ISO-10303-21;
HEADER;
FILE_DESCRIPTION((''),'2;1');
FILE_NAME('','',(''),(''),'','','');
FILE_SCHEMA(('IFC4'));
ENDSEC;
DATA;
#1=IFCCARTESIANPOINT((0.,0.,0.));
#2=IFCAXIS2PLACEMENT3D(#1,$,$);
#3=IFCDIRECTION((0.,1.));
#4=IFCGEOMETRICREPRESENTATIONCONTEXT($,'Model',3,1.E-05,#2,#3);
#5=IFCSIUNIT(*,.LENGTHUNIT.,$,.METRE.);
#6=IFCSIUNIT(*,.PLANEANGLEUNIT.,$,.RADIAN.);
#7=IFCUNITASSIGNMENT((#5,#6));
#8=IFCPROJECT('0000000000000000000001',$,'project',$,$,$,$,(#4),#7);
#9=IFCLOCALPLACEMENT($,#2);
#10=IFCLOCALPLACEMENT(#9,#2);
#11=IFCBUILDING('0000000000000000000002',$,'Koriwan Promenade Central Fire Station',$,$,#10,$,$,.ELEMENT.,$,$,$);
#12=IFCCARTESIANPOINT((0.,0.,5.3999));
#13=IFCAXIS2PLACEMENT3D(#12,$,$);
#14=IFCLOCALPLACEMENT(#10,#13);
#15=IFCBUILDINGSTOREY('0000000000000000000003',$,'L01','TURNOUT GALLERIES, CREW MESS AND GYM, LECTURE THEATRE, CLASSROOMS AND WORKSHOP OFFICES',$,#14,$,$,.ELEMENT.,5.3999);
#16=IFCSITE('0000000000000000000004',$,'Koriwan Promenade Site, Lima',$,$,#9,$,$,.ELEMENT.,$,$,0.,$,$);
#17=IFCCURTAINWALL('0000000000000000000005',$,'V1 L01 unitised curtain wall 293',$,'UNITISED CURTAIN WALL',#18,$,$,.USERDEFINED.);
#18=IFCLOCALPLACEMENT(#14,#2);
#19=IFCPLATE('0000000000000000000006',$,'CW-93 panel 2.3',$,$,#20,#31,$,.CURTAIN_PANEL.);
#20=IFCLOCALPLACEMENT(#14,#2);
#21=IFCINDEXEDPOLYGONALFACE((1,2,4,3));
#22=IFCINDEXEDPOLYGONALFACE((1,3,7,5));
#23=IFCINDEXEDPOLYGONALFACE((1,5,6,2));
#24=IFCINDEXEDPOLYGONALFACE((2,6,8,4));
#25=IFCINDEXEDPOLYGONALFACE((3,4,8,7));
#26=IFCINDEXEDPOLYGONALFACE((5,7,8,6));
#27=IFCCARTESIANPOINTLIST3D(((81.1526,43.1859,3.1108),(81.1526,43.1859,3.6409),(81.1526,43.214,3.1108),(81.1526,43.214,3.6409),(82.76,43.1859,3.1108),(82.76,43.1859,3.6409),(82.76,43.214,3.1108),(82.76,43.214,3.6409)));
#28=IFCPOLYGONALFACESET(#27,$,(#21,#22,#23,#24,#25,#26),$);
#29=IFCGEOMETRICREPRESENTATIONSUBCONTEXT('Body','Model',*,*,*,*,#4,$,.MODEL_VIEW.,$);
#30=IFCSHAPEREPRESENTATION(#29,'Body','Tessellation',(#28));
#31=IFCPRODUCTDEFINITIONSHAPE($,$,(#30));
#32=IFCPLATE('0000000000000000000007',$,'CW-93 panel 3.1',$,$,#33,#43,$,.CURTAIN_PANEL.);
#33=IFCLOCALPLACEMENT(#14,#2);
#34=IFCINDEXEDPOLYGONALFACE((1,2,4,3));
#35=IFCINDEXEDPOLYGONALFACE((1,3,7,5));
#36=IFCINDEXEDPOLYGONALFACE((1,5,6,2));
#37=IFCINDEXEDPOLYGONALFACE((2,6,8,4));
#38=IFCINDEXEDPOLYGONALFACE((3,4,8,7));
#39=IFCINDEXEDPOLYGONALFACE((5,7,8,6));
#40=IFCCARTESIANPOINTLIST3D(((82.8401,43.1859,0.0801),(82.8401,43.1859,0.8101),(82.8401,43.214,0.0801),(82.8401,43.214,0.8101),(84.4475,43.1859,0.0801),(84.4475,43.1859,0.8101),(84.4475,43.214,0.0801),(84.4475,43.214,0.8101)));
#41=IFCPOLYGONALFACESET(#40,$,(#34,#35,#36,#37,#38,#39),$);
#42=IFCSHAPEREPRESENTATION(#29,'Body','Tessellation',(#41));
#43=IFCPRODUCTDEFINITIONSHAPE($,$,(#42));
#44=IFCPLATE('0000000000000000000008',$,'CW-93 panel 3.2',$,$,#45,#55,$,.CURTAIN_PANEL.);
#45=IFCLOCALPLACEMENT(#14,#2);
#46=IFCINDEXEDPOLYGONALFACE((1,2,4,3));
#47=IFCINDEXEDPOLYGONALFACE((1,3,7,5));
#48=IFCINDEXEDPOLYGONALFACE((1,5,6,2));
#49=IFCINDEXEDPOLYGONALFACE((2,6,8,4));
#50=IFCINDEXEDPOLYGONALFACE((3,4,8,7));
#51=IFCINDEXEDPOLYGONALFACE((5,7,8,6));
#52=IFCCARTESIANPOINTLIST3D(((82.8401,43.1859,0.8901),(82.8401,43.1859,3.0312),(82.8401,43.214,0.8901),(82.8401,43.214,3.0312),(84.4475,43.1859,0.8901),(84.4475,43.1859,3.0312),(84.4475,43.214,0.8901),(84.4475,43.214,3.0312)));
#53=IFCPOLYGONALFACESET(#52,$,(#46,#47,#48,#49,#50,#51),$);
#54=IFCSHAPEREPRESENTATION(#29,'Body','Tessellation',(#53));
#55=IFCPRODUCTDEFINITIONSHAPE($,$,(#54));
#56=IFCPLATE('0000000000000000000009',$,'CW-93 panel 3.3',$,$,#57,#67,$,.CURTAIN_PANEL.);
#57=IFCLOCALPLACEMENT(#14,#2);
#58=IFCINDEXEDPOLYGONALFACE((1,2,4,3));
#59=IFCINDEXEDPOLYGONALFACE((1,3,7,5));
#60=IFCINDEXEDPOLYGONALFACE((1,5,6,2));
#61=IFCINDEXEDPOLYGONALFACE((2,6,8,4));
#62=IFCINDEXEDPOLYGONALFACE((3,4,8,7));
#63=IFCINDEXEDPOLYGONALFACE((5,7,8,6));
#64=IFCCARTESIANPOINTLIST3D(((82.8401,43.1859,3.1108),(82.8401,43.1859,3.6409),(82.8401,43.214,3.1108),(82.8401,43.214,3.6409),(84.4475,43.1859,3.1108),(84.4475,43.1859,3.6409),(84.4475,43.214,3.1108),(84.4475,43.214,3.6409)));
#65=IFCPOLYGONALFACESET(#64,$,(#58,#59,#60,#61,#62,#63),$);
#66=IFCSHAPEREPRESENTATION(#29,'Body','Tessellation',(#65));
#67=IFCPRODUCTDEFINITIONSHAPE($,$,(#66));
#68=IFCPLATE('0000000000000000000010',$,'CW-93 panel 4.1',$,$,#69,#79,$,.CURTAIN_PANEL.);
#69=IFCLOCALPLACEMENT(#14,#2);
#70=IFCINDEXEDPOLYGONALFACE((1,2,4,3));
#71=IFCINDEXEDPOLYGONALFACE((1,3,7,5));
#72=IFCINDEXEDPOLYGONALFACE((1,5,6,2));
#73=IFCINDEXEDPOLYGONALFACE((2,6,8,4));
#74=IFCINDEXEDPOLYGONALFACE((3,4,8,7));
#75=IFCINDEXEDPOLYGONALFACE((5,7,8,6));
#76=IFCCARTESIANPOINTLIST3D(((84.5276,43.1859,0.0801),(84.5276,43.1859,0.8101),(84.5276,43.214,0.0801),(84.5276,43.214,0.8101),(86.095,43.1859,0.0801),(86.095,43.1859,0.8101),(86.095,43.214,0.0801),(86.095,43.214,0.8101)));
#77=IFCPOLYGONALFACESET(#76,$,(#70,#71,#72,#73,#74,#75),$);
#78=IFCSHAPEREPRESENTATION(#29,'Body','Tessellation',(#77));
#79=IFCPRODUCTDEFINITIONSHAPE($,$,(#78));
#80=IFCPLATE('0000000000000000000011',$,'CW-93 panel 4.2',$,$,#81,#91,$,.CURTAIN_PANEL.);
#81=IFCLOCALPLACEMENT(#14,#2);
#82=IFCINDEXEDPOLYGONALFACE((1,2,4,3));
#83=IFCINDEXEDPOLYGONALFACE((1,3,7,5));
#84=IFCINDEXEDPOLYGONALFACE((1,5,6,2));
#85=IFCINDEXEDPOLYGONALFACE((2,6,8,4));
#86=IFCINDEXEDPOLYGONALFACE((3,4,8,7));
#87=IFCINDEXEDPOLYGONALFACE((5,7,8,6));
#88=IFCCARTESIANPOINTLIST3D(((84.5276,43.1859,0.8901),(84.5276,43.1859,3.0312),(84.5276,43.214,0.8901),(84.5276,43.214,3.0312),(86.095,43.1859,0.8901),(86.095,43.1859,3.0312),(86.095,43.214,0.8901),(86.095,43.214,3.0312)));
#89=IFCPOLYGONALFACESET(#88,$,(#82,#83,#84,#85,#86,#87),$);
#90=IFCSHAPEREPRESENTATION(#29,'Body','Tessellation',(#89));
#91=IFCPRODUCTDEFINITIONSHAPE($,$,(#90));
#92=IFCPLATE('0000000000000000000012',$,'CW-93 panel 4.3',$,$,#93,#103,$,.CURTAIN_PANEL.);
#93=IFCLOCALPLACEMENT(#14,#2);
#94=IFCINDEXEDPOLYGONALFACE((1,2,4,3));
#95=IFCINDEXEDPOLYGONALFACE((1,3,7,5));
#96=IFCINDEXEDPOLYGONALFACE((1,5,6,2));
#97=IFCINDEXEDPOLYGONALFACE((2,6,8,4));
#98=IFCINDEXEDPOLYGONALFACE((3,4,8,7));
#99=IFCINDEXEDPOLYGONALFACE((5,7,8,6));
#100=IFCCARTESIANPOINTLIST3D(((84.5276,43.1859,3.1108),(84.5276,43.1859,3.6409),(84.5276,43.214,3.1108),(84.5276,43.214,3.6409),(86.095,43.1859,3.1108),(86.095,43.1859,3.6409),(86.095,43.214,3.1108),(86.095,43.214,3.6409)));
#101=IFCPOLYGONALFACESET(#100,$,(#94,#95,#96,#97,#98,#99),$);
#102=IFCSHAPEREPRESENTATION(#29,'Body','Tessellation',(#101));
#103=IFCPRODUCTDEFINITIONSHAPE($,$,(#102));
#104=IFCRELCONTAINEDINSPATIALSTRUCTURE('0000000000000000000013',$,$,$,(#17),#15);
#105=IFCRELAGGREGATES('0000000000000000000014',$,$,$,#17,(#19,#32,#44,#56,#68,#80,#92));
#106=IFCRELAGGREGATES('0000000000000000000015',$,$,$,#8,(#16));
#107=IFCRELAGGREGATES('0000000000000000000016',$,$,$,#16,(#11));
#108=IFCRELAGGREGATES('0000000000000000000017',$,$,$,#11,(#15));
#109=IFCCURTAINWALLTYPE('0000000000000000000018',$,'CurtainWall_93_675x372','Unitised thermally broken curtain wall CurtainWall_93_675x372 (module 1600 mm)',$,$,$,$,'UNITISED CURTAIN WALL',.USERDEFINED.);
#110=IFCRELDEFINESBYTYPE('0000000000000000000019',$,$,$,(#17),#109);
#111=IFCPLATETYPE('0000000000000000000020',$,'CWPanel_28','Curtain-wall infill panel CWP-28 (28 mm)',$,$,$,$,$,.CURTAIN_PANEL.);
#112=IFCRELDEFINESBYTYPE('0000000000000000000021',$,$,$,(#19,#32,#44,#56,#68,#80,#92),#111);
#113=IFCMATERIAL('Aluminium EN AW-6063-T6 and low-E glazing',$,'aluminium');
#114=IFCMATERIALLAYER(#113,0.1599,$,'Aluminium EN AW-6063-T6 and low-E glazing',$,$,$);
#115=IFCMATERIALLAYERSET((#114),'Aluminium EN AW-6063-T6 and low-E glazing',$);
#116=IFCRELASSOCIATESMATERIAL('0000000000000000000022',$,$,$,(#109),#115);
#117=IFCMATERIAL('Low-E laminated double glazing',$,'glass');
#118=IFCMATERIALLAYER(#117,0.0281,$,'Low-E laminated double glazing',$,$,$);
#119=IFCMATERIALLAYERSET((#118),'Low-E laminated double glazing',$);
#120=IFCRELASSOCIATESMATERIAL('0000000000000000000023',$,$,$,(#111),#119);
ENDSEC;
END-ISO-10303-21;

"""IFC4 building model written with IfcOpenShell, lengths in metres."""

from ifc_helpers import new_model, si_unit, direction, frame, origin, origin_2d, place, context, subcontext, project, spatial, rectangle, extrude, material, layer, layer_set, type_object, element, aggregate, save


model = new_model("IFC4")

# Units and contexts
model_context = context("Model", 3, precision=1e-05, world=origin(), true_north=direction((0.0, 1.0)))
body_context = subcontext(model_context, "Body", "Model", "MODEL_VIEW")
ifc_project = project(units=[si_unit("LENGTHUNIT", "METRE"), si_unit("PLANEANGLEUNIT", "RADIAN")], contexts=[model_context])

# Site, building, storey
site_placement = place(None, origin())
site = spatial("IfcSite", under=ifc_project, at=site_placement, Name="Koriwan Promenade Site, Lima", CompositionType="ELEMENT", RefElevation=0.0)
building_placement = place(site_placement, origin())
building = spatial("IfcBuilding", under=site, at=building_placement, Name="Koriwan Promenade Central Fire Station", CompositionType="ELEMENT")
storey_placement = place(building_placement, frame((0.0, 0.0, 5.3999)))
storey = spatial("IfcBuildingStorey", under=building, at=storey_placement, Name="L01", Description="TURNOUT GALLERIES, CREW MESS AND GYM, LECTURE THEATRE, CLASSROOMS AND WORKSHOP OFFICES", CompositionType="ELEMENT", Elevation=5.3999)

# Curtain wall
ifc_material_1 = material(Name="Aluminium EN AW-6063-T6 and low-E glazing", Category="aluminium")
ifc_layer_1 = layer(ifc_material_1, 0.1599, Name="Aluminium EN AW-6063-T6 and low-E glazing")
ifc_layer_set_1 = layer_set([ifc_layer_1], Name="Aluminium EN AW-6063-T6 and low-E glazing")
curtain_wall_type = type_object("IfcCurtainWallType", Name="CurtainWall_93_675x372", Description="Unitised thermally broken curtain wall CurtainWall_93_675x372 (module 1600 mm)", ElementType="UNITISED CURTAIN WALL", PredefinedType="USERDEFINED", material=ifc_layer_set_1)
curtain_wall_placement = place(storey_placement, origin())
curtain_wall = element("IfcCurtainWall", 1, at=curtain_wall_placement, inside=storey, type_object=curtain_wall_type, Name="V1 L01 unitised curtain wall 293", ObjectType="UNITISED CURTAIN WALL", PredefinedType="USERDEFINED")

# Plates
ifc_material_2 = material(Name="Low-E laminated double glazing", Category="glass")
ifc_layer_2 = layer(ifc_material_2, 0.0281, Name="Low-E laminated double glazing")
ifc_layer_set_2 = layer_set([ifc_layer_2], Name="Low-E laminated double glazing")
plate_type = type_object("IfcPlateType", Name="CWPanel_28", Description="Curtain-wall infill panel CWP-28 (28 mm)", PredefinedType="CURTAIN_PANEL", material=ifc_layer_set_2)
plate_1_placement = place(storey_placement, frame((81.9563, 43.2, 3.1108), z_axis=(0.0, 0.0, 1.0), x_axis=(1.0, 0.0, 0.0)))
plate_1 = element("IfcPlate", 2, at=plate_1_placement, type_object=plate_type, Name="CW-93 panel 2.3", PredefinedType="CURTAIN_PANEL", context=body_context, shape_type="SweptSolid", body=[
    extrude(rectangle(XDim=1.6074, YDim=0.0281, at=origin_2d()), origin(), (0.0, 0.0, 1.0), 0.53),
])
plate_2_placement = place(storey_placement, frame((83.6438, 43.2, 0.0801), z_axis=(0.0, 0.0, 1.0), x_axis=(1.0, 0.0, 0.0)))
plate_2 = element("IfcPlate", 3, at=plate_2_placement, type_object=plate_type, Name="CW-93 panel 3.1", PredefinedType="CURTAIN_PANEL", context=body_context, shape_type="SweptSolid", body=[
    extrude(rectangle(XDim=1.6074, YDim=0.0281, at=origin_2d()), origin(), (0.0, 0.0, 1.0), 0.73),
])
plate_3_placement = place(storey_placement, frame((83.6438, 43.2, 0.8901), z_axis=(0.0, 0.0, 1.0), x_axis=(1.0, 0.0, 0.0)))
plate_3 = element("IfcPlate", 4, at=plate_3_placement, type_object=plate_type, Name="CW-93 panel 3.2", PredefinedType="CURTAIN_PANEL", context=body_context, shape_type="SweptSolid", body=[
    extrude(rectangle(XDim=1.6074, YDim=0.0281, at=origin_2d()), origin(), (0.0, 0.0, 1.0), 2.1411),
])
plate_4_placement = place(storey_placement, frame((83.6438, 43.2, 3.1108), z_axis=(0.0, 0.0, 1.0), x_axis=(1.0, 0.0, 0.0)))
plate_4 = element("IfcPlate", 5, at=plate_4_placement, type_object=plate_type, Name="CW-93 panel 3.3", PredefinedType="CURTAIN_PANEL", context=body_context, shape_type="SweptSolid", body=[
    extrude(rectangle(XDim=1.6074, YDim=0.0281, at=origin_2d()), origin(), (0.0, 0.0, 1.0), 0.53),
])
plate_5_placement = place(storey_placement, frame((85.3113, 43.2, 0.0801), z_axis=(0.0, 0.0, 1.0), x_axis=(1.0, 0.0, 0.0)))
plate_5 = element("IfcPlate", 6, at=plate_5_placement, type_object=plate_type, Name="CW-93 panel 4.1", PredefinedType="CURTAIN_PANEL", context=body_context, shape_type="SweptSolid", body=[
    extrude(rectangle(XDim=1.5674, YDim=0.0281, at=origin_2d()), origin(), (0.0, 0.0, 1.0), 0.73),
])
plate_6_placement = place(storey_placement, frame((85.3113, 43.2, 0.8901), z_axis=(0.0, 0.0, 1.0), x_axis=(1.0, 0.0, 0.0)))
plate_6 = element("IfcPlate", 7, at=plate_6_placement, type_object=plate_type, Name="CW-93 panel 4.2", PredefinedType="CURTAIN_PANEL", context=body_context, shape_type="SweptSolid", body=[
    extrude(rectangle(XDim=1.5674, YDim=0.0281, at=origin_2d()), origin(), (0.0, 0.0, 1.0), 2.1411),
])
plate_7_placement = place(storey_placement, frame((85.3113, 43.2, 3.1108), z_axis=(0.0, 0.0, 1.0), x_axis=(1.0, 0.0, 0.0)))
plate_7 = element("IfcPlate", 8, at=plate_7_placement, type_object=plate_type, Name="CW-93 panel 4.3", PredefinedType="CURTAIN_PANEL", context=body_context, shape_type="SweptSolid", body=[
    extrude(rectangle(XDim=1.5674, YDim=0.0281, at=origin_2d()), origin(), (0.0, 0.0, 1.0), 0.53),
])
aggregate(curtain_wall, [plate_1, plate_2, plate_3, plate_4, plate_5, plate_6, plate_7])

save(model, "model.ifc")
